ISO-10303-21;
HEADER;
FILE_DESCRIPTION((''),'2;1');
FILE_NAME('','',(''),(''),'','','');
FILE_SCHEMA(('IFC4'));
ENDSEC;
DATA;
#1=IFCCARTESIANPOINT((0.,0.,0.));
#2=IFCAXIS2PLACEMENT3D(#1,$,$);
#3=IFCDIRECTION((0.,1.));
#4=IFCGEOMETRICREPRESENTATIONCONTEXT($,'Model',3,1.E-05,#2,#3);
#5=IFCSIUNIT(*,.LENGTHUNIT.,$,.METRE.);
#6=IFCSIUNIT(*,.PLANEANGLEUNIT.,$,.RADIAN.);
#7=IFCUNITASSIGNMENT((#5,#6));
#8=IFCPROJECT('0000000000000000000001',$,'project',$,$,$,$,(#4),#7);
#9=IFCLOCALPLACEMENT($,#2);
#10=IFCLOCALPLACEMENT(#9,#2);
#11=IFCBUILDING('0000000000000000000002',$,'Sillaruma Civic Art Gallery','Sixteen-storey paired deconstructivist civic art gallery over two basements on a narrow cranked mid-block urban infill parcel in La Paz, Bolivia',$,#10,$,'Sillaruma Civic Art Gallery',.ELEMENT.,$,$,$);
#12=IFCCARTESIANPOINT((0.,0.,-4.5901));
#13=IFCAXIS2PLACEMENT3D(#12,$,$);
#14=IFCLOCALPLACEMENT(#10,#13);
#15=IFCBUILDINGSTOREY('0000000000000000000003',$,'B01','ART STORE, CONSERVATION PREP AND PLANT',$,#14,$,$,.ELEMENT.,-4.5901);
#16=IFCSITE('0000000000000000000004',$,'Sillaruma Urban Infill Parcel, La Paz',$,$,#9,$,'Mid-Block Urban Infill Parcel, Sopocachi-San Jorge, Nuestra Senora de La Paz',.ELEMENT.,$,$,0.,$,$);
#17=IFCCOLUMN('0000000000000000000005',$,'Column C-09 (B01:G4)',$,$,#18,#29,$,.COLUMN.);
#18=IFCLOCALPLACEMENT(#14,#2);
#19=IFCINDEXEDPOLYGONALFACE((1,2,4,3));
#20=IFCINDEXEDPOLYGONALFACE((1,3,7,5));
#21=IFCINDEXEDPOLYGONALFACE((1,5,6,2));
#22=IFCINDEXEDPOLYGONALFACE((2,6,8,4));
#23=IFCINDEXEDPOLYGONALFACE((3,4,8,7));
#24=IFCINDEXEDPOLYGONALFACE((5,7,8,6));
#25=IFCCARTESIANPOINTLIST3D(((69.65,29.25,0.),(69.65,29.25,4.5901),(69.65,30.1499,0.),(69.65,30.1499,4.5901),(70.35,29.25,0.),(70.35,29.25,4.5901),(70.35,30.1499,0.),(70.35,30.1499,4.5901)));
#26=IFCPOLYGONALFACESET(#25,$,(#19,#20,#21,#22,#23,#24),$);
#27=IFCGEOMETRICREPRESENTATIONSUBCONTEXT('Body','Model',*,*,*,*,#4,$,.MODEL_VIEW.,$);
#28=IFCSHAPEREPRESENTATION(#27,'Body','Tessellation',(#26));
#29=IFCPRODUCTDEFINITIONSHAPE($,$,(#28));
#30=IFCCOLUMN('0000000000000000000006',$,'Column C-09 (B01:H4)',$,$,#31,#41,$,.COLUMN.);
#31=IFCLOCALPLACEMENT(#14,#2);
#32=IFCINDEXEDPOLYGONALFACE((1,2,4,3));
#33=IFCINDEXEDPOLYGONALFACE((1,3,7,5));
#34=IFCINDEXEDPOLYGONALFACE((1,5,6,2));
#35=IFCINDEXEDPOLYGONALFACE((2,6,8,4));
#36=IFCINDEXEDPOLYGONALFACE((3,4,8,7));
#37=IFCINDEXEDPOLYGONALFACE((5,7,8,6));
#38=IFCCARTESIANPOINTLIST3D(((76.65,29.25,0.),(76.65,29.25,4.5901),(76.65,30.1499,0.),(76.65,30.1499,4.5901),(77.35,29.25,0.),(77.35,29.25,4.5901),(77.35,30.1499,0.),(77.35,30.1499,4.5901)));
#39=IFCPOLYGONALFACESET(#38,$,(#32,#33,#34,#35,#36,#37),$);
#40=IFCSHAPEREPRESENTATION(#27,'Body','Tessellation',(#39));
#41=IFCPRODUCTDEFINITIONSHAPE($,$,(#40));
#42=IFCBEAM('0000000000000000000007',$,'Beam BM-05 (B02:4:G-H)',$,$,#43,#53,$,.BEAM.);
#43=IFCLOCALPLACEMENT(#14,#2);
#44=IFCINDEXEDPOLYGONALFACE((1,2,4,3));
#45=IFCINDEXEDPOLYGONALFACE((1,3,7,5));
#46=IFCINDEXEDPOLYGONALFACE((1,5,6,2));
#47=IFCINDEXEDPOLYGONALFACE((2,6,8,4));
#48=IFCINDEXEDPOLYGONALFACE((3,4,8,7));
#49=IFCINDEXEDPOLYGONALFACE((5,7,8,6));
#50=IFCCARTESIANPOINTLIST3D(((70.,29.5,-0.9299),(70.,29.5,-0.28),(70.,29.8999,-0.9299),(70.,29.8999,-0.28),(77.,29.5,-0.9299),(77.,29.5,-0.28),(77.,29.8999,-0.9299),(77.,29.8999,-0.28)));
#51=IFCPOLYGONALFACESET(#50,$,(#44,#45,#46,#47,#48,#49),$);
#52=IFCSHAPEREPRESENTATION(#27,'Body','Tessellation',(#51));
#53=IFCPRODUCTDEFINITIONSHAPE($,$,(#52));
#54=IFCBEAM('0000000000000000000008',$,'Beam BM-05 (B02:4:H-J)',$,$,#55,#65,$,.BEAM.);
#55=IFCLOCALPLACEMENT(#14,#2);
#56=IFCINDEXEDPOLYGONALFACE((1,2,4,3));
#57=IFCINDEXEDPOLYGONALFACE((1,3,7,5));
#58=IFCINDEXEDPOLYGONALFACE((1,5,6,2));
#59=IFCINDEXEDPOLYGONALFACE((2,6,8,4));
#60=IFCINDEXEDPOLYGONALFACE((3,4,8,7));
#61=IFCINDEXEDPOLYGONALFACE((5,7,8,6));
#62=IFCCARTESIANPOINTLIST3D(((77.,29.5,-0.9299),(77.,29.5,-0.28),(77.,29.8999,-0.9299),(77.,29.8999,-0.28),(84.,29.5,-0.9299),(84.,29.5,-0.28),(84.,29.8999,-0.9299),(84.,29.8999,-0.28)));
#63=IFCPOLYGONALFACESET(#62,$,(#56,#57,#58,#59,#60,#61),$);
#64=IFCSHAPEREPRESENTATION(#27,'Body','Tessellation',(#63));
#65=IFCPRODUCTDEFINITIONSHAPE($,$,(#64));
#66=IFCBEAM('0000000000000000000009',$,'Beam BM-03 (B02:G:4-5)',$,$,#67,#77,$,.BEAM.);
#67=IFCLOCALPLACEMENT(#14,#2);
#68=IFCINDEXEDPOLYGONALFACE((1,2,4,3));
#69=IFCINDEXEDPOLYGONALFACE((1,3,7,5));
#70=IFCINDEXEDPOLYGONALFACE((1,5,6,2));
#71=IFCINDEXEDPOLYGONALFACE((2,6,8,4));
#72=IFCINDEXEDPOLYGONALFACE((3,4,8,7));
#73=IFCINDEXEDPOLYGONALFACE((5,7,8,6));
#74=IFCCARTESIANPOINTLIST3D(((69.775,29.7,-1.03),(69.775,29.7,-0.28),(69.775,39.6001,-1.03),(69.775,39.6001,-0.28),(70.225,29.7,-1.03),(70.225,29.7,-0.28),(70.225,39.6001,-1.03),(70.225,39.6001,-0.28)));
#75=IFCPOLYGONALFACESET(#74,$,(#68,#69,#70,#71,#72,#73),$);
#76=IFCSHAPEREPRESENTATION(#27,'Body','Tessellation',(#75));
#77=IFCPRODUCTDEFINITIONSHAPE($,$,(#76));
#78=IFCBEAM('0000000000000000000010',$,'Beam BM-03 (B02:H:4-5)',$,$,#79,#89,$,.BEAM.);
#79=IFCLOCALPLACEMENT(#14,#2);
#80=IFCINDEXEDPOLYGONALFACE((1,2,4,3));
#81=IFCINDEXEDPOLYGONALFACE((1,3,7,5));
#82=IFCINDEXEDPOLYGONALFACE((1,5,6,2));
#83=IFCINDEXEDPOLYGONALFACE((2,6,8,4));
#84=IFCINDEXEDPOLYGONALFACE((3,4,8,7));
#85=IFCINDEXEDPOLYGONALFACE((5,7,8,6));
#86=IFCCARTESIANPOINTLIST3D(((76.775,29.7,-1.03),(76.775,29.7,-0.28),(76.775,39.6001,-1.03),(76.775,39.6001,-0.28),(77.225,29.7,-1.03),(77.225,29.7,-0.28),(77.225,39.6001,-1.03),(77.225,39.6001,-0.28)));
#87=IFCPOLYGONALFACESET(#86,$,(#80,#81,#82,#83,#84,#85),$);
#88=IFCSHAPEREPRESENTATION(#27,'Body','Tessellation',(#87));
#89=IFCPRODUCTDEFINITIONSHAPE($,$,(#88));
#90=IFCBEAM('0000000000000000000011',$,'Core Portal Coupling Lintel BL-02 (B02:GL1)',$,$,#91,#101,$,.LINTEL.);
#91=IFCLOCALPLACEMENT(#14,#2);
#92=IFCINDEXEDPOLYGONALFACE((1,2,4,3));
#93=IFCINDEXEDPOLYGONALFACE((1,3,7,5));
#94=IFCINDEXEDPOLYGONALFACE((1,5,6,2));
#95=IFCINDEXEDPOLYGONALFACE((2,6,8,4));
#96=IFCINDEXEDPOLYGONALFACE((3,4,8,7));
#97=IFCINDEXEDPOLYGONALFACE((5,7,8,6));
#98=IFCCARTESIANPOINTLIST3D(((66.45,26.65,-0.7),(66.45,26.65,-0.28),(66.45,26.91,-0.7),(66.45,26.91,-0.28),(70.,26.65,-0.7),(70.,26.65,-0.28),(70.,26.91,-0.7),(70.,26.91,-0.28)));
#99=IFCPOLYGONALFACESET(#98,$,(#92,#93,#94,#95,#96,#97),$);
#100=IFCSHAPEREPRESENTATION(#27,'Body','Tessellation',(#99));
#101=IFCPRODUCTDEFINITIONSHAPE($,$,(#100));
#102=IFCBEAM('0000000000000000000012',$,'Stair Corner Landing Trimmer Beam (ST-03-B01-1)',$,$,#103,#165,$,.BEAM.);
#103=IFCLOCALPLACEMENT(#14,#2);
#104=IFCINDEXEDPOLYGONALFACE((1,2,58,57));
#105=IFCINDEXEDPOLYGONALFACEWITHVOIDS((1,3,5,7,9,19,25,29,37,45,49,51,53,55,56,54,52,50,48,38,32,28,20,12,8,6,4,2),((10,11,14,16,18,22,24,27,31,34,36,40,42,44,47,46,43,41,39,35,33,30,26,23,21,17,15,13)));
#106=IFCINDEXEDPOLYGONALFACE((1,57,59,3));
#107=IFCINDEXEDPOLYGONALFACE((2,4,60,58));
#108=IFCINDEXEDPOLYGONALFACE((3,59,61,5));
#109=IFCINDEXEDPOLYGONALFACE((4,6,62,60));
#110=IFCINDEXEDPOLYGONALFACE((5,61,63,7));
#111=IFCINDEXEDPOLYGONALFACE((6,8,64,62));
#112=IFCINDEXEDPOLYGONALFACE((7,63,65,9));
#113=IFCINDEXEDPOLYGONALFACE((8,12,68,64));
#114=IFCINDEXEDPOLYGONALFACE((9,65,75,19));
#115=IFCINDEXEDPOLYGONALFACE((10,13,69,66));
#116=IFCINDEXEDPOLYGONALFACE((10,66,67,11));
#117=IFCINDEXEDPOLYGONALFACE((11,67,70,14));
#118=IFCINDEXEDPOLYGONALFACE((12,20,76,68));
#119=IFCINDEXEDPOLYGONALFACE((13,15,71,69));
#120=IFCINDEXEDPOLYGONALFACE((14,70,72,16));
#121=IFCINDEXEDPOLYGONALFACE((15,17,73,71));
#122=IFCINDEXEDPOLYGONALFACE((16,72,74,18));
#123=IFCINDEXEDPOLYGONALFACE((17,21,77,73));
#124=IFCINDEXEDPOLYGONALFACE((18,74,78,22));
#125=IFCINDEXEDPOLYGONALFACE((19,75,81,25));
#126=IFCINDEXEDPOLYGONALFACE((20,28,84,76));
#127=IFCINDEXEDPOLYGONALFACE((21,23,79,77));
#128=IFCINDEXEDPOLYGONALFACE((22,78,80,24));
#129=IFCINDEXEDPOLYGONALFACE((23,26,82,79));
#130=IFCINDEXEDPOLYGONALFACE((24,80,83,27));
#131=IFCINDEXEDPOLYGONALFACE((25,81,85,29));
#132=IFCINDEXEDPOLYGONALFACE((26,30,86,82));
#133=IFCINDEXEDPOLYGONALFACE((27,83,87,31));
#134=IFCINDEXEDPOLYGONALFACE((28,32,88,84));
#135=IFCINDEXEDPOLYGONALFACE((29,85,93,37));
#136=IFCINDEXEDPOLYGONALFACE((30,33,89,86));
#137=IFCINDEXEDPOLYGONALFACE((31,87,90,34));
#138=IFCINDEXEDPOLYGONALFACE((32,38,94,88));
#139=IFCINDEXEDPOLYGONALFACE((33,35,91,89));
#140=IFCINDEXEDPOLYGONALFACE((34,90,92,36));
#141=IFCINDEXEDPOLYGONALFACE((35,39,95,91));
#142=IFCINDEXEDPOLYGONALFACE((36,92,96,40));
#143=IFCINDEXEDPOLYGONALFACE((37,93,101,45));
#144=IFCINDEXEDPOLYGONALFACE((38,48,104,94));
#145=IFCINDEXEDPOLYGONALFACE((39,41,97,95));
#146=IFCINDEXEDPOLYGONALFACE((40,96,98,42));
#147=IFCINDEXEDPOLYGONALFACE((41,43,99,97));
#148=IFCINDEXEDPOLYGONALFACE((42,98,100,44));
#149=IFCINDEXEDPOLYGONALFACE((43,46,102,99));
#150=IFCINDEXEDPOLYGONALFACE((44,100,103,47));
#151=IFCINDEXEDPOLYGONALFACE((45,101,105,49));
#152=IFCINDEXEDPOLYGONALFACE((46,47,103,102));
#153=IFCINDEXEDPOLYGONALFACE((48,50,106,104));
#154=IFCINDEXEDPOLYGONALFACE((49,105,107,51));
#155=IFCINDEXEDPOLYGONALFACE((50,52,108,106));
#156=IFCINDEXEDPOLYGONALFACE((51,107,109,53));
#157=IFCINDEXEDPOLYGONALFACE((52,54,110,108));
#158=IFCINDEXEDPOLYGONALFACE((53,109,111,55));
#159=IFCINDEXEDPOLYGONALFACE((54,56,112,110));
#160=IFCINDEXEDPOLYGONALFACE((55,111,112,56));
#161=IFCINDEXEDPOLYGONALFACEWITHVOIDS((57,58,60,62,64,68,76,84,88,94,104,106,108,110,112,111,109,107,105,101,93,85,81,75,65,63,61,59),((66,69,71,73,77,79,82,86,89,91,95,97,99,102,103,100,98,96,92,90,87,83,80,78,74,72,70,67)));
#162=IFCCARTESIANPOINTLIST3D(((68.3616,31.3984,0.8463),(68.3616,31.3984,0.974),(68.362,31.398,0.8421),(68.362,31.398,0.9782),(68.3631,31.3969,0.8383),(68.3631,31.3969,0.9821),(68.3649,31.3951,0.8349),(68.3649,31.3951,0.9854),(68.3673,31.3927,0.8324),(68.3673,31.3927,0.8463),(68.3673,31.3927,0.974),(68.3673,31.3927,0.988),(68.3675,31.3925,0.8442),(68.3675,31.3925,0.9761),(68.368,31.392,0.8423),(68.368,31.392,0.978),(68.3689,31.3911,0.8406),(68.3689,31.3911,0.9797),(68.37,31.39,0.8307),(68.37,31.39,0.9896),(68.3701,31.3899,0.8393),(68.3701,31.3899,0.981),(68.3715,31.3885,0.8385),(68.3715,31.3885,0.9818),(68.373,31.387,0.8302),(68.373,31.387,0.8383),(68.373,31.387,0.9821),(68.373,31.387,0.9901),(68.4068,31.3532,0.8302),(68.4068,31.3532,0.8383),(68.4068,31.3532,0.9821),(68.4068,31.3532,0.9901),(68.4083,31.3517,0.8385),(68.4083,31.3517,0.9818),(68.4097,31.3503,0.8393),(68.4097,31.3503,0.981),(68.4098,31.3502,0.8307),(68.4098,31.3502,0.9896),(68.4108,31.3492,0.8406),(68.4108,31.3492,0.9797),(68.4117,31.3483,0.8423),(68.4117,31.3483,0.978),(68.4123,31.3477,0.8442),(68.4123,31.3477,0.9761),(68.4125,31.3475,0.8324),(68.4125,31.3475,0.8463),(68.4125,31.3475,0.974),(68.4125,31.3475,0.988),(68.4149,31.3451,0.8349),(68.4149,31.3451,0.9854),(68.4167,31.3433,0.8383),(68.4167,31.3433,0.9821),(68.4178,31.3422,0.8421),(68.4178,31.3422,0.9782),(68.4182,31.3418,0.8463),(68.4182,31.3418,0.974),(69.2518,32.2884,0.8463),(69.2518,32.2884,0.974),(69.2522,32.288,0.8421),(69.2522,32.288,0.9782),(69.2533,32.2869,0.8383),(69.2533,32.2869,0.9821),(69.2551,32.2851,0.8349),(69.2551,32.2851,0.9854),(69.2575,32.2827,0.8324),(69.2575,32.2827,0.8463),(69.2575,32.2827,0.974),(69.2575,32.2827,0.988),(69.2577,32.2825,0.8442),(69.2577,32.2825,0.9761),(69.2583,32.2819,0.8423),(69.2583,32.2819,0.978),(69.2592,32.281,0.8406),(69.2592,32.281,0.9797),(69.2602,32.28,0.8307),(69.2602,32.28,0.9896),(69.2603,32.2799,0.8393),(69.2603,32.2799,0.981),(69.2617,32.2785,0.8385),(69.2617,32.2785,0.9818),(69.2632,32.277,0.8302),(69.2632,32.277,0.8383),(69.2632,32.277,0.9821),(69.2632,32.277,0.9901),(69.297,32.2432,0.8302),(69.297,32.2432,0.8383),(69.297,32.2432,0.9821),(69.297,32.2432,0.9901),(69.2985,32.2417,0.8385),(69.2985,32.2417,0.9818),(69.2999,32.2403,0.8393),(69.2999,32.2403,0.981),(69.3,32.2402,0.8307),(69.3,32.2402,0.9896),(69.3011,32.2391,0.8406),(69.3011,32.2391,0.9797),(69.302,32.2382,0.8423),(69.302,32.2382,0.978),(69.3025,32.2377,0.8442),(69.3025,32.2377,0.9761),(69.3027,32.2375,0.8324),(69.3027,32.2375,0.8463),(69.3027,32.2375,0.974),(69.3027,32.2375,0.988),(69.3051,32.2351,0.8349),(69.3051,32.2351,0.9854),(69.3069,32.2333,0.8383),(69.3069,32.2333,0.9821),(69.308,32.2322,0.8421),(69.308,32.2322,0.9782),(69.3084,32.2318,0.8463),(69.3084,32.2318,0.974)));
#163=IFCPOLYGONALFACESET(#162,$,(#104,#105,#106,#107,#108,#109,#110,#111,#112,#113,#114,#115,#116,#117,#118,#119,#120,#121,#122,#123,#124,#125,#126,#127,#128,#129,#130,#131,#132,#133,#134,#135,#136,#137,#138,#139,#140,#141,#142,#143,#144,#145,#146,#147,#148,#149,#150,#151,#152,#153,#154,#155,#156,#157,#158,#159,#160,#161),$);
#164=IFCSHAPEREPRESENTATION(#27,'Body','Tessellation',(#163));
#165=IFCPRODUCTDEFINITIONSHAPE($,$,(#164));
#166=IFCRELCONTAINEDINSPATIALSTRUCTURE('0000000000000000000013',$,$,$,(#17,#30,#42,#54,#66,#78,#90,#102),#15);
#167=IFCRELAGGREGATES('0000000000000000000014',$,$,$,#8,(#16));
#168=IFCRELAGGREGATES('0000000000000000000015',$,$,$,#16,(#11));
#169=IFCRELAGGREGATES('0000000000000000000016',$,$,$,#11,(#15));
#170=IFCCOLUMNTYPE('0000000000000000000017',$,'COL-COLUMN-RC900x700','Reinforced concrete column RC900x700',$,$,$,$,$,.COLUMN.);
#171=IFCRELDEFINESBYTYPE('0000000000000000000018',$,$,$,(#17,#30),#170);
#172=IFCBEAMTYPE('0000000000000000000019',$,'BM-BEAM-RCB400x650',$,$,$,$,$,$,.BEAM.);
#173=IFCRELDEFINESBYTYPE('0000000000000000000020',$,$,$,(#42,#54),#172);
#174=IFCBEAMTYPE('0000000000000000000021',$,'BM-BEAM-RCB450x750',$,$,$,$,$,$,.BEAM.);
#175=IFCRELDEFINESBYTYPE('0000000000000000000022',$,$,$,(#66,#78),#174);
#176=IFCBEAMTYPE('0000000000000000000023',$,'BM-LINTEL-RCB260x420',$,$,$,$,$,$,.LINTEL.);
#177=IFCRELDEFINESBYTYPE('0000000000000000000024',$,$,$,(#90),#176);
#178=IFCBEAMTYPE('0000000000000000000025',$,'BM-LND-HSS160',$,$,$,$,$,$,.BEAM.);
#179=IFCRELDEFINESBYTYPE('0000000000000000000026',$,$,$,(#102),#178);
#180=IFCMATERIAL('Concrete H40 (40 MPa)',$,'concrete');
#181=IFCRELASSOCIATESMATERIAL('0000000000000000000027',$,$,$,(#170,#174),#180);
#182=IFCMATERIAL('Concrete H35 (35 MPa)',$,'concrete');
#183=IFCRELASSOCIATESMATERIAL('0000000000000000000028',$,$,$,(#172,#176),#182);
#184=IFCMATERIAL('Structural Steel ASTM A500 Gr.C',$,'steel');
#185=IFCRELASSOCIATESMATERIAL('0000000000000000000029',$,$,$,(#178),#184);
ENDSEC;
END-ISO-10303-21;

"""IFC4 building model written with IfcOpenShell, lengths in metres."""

from ifc_helpers import new_model, si_unit, direction, frame, origin, origin_2d, place, context, subcontext, project, spatial, rectangle, hollow_rectangle, extrude, material, material_profile, profile_set, type_object, element, save


model = new_model("IFC4")

# Units and contexts
model_context = context("Model", 3, precision=1e-05, world=origin(), true_north=direction((0.0, 1.0)))
body_context = subcontext(model_context, "Body", "Model", "MODEL_VIEW")
ifc_project = project(units=[si_unit("LENGTHUNIT", "METRE"), si_unit("PLANEANGLEUNIT", "RADIAN")], contexts=[model_context])

# Site, building, storey
site_placement = place(None, origin())
site = spatial("IfcSite", under=ifc_project, at=site_placement, Name="Sillaruma Urban Infill Parcel, La Paz", LongName="Mid-Block Urban Infill Parcel, Sopocachi-San Jorge, Nuestra Senora de La Paz", CompositionType="ELEMENT", RefElevation=0.0)
building_placement = place(site_placement, origin())
building = spatial("IfcBuilding", under=site, at=building_placement, Name="Sillaruma Civic Art Gallery", Description="Sixteen-storey paired deconstructivist civic art gallery over two basements on a narrow cranked mid-block urban infill parcel in La Paz, Bolivia", LongName="Sillaruma Civic Art Gallery", CompositionType="ELEMENT")
storey_placement = place(building_placement, frame((0.0, 0.0, -4.5901)))
storey = spatial("IfcBuildingStorey", under=building, at=storey_placement, Name="B01", Description="ART STORE, CONSERVATION PREP AND PLANT", CompositionType="ELEMENT", Elevation=-4.5901)

# Columns
ifc_material_1 = material(Name="Concrete H40 (40 MPa)", Category="concrete")
ifc_material_profile_1 = material_profile(ifc_material_1, rectangle(XDim=0.7, YDim=0.8999, at=origin_2d()), Name="RC900x700")
ifc_profile_set_1 = profile_set([ifc_material_profile_1], Name="Concrete H40 (40 MPa)")
column_type = type_object("IfcColumnType", Name="COL-COLUMN-RC900x700", Description="Reinforced concrete column RC900x700", PredefinedType="COLUMN", material=ifc_profile_set_1)
for number, where, z_axis, x_axis, name in (
    (1, (70.0, 29.7, 0.0), (0.0, 0.0, 1.0), (1.0, 0.0, 0.0), "Column C-09 (B01:G4)"),
    (2, (77.0, 29.7, 0.0), (0.0, 0.0, 1.0), (1.0, 0.0, 0.0), "Column C-09 (B01:H4)"),
):
    element("IfcColumn", number, at=place(storey_placement, frame(where, z_axis=z_axis, x_axis=x_axis)), inside=storey, type_object=column_type, Name=name, PredefinedType="COLUMN", context=body_context, shape_type="SweptSolid", body=[
        extrude(rectangle(XDim=0.7, YDim=0.8999, at=origin_2d()), origin(), (0.0, 0.0, 1.0), 4.5901),
    ])

# Beams
ifc_material_2 = material(Name="Concrete H35 (35 MPa)", Category="concrete")
ifc_material_profile_2 = material_profile(ifc_material_2, rectangle(XDim=0.3999, YDim=0.6499, at=origin_2d()), Name="RCB400x650")
ifc_profile_set_2 = profile_set([ifc_material_profile_2], Name="Concrete H35 (35 MPa)")
beam_type_1 = type_object("IfcBeamType", Name="BM-BEAM-RCB400x650", PredefinedType="BEAM", material=ifc_profile_set_2)
for number, where, z_axis, x_axis, name in (
    (3, (70.0, 29.7, -0.605), (1.0, 0.0, 0.0), (0.0, 1.0, 0.0), "Beam BM-05 (B02:4:G-H)"),
    (4, (77.0, 29.7, -0.605), (1.0, 0.0, 0.0), (0.0, 1.0, 0.0), "Beam BM-05 (B02:4:H-J)"),
):
    element("IfcBeam", number, at=place(storey_placement, frame(where, z_axis=z_axis, x_axis=x_axis)), inside=storey, type_object=beam_type_1, Name=name, PredefinedType="BEAM", context=body_context, shape_type="SweptSolid", body=[
        extrude(rectangle(XDim=0.3999, YDim=0.6499, at=origin_2d()), origin(), (0.0, 0.0, 1.0), 7.0),
    ])
ifc_material_profile_3 = material_profile(ifc_material_1, rectangle(XDim=0.45, YDim=0.75, at=origin_2d()), Name="RCB450x750")
ifc_profile_set_3 = profile_set([ifc_material_profile_3], Name="Concrete H40 (40 MPa)")
beam_type_2 = type_object("IfcBeamType", Name="BM-BEAM-RCB450x750", PredefinedType="BEAM", material=ifc_profile_set_3)
for number, where, z_axis, x_axis, name in (
    (5, (70.0, 29.7, -0.655), (0.0, 1.0, 0.0), (-1.0, 0.0, 0.0), "Beam BM-03 (B02:G:4-5)"),
    (6, (77.0, 29.7, -0.655), (0.0, 1.0, 0.0), (-1.0, 0.0, 0.0), "Beam BM-03 (B02:H:4-5)"),
):
    element("IfcBeam", number, at=place(storey_placement, frame(where, z_axis=z_axis, x_axis=x_axis)), inside=storey, type_object=beam_type_2, Name=name, PredefinedType="BEAM", context=body_context, shape_type="SweptSolid", body=[
        extrude(rectangle(XDim=0.45, YDim=0.75, at=origin_2d()), origin(), (0.0, 0.0, 1.0), 9.9001),
    ])
ifc_material_profile_4 = material_profile(ifc_material_2, rectangle(XDim=0.26, YDim=0.4199, at=origin_2d()), Name="RCB260x420")
ifc_profile_set_4 = profile_set([ifc_material_profile_4], Name="Concrete H35 (35 MPa)")
beam_type_3 = type_object("IfcBeamType", Name="BM-LINTEL-RCB260x420", PredefinedType="LINTEL", material=ifc_profile_set_4)
beam_placement = place(storey_placement, frame((66.45, 26.78, -0.49), z_axis=(1.0, 0.0, 0.0), x_axis=(0.0, 1.0, 0.0)))
element("IfcBeam", 7, at=beam_placement, inside=storey, type_object=beam_type_3, Name="Core Portal Coupling Lintel BL-02 (B02:GL1)", PredefinedType="LINTEL", context=body_context, shape_type="SweptSolid", body=[
    extrude(rectangle(XDim=0.26, YDim=0.4199, at=origin_2d()), origin(), (0.0, 0.0, 1.0), 3.55),
])
ifc_material_3 = material(Name="Structural Steel ASTM A500 Gr.C", Category="steel")
ifc_material_profile_5 = material_profile(ifc_material_3, hollow_rectangle(XDim=0.0801, YDim=0.1599, WallThickness=0.0081, InnerFilletRadius=0.0081, OuterFilletRadius=0.0161, at=origin_2d()), Name="HSS160x80x8")
ifc_profile_set_5 = profile_set([ifc_material_profile_5], Name="Structural Steel ASTM A500 Gr.C")
beam_type_4 = type_object("IfcBeamType", Name="BM-LND-HSS160", PredefinedType="BEAM", material=ifc_profile_set_5)
for number, where, z_axis, x_axis, name in (
    (8, (68.3899, 31.3701, 0.9102), (0.707204, 0.70701, 0.0), (-0.70701, 0.707204, 0.0), "Stair Corner Landing Trimmer Beam (ST-03-B01-1)"),
):
    element("IfcBeam", number, at=place(storey_placement, frame(where, z_axis=z_axis, x_axis=x_axis)), inside=storey, type_object=beam_type_4, Name=name, PredefinedType="BEAM", context=body_context, shape_type="SweptSolid", body=[
        extrude(hollow_rectangle(XDim=0.0801, YDim=0.1599, WallThickness=0.0081, InnerFilletRadius=0.0081, OuterFilletRadius=0.0161, at=origin_2d()), origin(), (0.0, 0.0, 1.0), 1.2588),
    ])

save(model, "model.ifc")
